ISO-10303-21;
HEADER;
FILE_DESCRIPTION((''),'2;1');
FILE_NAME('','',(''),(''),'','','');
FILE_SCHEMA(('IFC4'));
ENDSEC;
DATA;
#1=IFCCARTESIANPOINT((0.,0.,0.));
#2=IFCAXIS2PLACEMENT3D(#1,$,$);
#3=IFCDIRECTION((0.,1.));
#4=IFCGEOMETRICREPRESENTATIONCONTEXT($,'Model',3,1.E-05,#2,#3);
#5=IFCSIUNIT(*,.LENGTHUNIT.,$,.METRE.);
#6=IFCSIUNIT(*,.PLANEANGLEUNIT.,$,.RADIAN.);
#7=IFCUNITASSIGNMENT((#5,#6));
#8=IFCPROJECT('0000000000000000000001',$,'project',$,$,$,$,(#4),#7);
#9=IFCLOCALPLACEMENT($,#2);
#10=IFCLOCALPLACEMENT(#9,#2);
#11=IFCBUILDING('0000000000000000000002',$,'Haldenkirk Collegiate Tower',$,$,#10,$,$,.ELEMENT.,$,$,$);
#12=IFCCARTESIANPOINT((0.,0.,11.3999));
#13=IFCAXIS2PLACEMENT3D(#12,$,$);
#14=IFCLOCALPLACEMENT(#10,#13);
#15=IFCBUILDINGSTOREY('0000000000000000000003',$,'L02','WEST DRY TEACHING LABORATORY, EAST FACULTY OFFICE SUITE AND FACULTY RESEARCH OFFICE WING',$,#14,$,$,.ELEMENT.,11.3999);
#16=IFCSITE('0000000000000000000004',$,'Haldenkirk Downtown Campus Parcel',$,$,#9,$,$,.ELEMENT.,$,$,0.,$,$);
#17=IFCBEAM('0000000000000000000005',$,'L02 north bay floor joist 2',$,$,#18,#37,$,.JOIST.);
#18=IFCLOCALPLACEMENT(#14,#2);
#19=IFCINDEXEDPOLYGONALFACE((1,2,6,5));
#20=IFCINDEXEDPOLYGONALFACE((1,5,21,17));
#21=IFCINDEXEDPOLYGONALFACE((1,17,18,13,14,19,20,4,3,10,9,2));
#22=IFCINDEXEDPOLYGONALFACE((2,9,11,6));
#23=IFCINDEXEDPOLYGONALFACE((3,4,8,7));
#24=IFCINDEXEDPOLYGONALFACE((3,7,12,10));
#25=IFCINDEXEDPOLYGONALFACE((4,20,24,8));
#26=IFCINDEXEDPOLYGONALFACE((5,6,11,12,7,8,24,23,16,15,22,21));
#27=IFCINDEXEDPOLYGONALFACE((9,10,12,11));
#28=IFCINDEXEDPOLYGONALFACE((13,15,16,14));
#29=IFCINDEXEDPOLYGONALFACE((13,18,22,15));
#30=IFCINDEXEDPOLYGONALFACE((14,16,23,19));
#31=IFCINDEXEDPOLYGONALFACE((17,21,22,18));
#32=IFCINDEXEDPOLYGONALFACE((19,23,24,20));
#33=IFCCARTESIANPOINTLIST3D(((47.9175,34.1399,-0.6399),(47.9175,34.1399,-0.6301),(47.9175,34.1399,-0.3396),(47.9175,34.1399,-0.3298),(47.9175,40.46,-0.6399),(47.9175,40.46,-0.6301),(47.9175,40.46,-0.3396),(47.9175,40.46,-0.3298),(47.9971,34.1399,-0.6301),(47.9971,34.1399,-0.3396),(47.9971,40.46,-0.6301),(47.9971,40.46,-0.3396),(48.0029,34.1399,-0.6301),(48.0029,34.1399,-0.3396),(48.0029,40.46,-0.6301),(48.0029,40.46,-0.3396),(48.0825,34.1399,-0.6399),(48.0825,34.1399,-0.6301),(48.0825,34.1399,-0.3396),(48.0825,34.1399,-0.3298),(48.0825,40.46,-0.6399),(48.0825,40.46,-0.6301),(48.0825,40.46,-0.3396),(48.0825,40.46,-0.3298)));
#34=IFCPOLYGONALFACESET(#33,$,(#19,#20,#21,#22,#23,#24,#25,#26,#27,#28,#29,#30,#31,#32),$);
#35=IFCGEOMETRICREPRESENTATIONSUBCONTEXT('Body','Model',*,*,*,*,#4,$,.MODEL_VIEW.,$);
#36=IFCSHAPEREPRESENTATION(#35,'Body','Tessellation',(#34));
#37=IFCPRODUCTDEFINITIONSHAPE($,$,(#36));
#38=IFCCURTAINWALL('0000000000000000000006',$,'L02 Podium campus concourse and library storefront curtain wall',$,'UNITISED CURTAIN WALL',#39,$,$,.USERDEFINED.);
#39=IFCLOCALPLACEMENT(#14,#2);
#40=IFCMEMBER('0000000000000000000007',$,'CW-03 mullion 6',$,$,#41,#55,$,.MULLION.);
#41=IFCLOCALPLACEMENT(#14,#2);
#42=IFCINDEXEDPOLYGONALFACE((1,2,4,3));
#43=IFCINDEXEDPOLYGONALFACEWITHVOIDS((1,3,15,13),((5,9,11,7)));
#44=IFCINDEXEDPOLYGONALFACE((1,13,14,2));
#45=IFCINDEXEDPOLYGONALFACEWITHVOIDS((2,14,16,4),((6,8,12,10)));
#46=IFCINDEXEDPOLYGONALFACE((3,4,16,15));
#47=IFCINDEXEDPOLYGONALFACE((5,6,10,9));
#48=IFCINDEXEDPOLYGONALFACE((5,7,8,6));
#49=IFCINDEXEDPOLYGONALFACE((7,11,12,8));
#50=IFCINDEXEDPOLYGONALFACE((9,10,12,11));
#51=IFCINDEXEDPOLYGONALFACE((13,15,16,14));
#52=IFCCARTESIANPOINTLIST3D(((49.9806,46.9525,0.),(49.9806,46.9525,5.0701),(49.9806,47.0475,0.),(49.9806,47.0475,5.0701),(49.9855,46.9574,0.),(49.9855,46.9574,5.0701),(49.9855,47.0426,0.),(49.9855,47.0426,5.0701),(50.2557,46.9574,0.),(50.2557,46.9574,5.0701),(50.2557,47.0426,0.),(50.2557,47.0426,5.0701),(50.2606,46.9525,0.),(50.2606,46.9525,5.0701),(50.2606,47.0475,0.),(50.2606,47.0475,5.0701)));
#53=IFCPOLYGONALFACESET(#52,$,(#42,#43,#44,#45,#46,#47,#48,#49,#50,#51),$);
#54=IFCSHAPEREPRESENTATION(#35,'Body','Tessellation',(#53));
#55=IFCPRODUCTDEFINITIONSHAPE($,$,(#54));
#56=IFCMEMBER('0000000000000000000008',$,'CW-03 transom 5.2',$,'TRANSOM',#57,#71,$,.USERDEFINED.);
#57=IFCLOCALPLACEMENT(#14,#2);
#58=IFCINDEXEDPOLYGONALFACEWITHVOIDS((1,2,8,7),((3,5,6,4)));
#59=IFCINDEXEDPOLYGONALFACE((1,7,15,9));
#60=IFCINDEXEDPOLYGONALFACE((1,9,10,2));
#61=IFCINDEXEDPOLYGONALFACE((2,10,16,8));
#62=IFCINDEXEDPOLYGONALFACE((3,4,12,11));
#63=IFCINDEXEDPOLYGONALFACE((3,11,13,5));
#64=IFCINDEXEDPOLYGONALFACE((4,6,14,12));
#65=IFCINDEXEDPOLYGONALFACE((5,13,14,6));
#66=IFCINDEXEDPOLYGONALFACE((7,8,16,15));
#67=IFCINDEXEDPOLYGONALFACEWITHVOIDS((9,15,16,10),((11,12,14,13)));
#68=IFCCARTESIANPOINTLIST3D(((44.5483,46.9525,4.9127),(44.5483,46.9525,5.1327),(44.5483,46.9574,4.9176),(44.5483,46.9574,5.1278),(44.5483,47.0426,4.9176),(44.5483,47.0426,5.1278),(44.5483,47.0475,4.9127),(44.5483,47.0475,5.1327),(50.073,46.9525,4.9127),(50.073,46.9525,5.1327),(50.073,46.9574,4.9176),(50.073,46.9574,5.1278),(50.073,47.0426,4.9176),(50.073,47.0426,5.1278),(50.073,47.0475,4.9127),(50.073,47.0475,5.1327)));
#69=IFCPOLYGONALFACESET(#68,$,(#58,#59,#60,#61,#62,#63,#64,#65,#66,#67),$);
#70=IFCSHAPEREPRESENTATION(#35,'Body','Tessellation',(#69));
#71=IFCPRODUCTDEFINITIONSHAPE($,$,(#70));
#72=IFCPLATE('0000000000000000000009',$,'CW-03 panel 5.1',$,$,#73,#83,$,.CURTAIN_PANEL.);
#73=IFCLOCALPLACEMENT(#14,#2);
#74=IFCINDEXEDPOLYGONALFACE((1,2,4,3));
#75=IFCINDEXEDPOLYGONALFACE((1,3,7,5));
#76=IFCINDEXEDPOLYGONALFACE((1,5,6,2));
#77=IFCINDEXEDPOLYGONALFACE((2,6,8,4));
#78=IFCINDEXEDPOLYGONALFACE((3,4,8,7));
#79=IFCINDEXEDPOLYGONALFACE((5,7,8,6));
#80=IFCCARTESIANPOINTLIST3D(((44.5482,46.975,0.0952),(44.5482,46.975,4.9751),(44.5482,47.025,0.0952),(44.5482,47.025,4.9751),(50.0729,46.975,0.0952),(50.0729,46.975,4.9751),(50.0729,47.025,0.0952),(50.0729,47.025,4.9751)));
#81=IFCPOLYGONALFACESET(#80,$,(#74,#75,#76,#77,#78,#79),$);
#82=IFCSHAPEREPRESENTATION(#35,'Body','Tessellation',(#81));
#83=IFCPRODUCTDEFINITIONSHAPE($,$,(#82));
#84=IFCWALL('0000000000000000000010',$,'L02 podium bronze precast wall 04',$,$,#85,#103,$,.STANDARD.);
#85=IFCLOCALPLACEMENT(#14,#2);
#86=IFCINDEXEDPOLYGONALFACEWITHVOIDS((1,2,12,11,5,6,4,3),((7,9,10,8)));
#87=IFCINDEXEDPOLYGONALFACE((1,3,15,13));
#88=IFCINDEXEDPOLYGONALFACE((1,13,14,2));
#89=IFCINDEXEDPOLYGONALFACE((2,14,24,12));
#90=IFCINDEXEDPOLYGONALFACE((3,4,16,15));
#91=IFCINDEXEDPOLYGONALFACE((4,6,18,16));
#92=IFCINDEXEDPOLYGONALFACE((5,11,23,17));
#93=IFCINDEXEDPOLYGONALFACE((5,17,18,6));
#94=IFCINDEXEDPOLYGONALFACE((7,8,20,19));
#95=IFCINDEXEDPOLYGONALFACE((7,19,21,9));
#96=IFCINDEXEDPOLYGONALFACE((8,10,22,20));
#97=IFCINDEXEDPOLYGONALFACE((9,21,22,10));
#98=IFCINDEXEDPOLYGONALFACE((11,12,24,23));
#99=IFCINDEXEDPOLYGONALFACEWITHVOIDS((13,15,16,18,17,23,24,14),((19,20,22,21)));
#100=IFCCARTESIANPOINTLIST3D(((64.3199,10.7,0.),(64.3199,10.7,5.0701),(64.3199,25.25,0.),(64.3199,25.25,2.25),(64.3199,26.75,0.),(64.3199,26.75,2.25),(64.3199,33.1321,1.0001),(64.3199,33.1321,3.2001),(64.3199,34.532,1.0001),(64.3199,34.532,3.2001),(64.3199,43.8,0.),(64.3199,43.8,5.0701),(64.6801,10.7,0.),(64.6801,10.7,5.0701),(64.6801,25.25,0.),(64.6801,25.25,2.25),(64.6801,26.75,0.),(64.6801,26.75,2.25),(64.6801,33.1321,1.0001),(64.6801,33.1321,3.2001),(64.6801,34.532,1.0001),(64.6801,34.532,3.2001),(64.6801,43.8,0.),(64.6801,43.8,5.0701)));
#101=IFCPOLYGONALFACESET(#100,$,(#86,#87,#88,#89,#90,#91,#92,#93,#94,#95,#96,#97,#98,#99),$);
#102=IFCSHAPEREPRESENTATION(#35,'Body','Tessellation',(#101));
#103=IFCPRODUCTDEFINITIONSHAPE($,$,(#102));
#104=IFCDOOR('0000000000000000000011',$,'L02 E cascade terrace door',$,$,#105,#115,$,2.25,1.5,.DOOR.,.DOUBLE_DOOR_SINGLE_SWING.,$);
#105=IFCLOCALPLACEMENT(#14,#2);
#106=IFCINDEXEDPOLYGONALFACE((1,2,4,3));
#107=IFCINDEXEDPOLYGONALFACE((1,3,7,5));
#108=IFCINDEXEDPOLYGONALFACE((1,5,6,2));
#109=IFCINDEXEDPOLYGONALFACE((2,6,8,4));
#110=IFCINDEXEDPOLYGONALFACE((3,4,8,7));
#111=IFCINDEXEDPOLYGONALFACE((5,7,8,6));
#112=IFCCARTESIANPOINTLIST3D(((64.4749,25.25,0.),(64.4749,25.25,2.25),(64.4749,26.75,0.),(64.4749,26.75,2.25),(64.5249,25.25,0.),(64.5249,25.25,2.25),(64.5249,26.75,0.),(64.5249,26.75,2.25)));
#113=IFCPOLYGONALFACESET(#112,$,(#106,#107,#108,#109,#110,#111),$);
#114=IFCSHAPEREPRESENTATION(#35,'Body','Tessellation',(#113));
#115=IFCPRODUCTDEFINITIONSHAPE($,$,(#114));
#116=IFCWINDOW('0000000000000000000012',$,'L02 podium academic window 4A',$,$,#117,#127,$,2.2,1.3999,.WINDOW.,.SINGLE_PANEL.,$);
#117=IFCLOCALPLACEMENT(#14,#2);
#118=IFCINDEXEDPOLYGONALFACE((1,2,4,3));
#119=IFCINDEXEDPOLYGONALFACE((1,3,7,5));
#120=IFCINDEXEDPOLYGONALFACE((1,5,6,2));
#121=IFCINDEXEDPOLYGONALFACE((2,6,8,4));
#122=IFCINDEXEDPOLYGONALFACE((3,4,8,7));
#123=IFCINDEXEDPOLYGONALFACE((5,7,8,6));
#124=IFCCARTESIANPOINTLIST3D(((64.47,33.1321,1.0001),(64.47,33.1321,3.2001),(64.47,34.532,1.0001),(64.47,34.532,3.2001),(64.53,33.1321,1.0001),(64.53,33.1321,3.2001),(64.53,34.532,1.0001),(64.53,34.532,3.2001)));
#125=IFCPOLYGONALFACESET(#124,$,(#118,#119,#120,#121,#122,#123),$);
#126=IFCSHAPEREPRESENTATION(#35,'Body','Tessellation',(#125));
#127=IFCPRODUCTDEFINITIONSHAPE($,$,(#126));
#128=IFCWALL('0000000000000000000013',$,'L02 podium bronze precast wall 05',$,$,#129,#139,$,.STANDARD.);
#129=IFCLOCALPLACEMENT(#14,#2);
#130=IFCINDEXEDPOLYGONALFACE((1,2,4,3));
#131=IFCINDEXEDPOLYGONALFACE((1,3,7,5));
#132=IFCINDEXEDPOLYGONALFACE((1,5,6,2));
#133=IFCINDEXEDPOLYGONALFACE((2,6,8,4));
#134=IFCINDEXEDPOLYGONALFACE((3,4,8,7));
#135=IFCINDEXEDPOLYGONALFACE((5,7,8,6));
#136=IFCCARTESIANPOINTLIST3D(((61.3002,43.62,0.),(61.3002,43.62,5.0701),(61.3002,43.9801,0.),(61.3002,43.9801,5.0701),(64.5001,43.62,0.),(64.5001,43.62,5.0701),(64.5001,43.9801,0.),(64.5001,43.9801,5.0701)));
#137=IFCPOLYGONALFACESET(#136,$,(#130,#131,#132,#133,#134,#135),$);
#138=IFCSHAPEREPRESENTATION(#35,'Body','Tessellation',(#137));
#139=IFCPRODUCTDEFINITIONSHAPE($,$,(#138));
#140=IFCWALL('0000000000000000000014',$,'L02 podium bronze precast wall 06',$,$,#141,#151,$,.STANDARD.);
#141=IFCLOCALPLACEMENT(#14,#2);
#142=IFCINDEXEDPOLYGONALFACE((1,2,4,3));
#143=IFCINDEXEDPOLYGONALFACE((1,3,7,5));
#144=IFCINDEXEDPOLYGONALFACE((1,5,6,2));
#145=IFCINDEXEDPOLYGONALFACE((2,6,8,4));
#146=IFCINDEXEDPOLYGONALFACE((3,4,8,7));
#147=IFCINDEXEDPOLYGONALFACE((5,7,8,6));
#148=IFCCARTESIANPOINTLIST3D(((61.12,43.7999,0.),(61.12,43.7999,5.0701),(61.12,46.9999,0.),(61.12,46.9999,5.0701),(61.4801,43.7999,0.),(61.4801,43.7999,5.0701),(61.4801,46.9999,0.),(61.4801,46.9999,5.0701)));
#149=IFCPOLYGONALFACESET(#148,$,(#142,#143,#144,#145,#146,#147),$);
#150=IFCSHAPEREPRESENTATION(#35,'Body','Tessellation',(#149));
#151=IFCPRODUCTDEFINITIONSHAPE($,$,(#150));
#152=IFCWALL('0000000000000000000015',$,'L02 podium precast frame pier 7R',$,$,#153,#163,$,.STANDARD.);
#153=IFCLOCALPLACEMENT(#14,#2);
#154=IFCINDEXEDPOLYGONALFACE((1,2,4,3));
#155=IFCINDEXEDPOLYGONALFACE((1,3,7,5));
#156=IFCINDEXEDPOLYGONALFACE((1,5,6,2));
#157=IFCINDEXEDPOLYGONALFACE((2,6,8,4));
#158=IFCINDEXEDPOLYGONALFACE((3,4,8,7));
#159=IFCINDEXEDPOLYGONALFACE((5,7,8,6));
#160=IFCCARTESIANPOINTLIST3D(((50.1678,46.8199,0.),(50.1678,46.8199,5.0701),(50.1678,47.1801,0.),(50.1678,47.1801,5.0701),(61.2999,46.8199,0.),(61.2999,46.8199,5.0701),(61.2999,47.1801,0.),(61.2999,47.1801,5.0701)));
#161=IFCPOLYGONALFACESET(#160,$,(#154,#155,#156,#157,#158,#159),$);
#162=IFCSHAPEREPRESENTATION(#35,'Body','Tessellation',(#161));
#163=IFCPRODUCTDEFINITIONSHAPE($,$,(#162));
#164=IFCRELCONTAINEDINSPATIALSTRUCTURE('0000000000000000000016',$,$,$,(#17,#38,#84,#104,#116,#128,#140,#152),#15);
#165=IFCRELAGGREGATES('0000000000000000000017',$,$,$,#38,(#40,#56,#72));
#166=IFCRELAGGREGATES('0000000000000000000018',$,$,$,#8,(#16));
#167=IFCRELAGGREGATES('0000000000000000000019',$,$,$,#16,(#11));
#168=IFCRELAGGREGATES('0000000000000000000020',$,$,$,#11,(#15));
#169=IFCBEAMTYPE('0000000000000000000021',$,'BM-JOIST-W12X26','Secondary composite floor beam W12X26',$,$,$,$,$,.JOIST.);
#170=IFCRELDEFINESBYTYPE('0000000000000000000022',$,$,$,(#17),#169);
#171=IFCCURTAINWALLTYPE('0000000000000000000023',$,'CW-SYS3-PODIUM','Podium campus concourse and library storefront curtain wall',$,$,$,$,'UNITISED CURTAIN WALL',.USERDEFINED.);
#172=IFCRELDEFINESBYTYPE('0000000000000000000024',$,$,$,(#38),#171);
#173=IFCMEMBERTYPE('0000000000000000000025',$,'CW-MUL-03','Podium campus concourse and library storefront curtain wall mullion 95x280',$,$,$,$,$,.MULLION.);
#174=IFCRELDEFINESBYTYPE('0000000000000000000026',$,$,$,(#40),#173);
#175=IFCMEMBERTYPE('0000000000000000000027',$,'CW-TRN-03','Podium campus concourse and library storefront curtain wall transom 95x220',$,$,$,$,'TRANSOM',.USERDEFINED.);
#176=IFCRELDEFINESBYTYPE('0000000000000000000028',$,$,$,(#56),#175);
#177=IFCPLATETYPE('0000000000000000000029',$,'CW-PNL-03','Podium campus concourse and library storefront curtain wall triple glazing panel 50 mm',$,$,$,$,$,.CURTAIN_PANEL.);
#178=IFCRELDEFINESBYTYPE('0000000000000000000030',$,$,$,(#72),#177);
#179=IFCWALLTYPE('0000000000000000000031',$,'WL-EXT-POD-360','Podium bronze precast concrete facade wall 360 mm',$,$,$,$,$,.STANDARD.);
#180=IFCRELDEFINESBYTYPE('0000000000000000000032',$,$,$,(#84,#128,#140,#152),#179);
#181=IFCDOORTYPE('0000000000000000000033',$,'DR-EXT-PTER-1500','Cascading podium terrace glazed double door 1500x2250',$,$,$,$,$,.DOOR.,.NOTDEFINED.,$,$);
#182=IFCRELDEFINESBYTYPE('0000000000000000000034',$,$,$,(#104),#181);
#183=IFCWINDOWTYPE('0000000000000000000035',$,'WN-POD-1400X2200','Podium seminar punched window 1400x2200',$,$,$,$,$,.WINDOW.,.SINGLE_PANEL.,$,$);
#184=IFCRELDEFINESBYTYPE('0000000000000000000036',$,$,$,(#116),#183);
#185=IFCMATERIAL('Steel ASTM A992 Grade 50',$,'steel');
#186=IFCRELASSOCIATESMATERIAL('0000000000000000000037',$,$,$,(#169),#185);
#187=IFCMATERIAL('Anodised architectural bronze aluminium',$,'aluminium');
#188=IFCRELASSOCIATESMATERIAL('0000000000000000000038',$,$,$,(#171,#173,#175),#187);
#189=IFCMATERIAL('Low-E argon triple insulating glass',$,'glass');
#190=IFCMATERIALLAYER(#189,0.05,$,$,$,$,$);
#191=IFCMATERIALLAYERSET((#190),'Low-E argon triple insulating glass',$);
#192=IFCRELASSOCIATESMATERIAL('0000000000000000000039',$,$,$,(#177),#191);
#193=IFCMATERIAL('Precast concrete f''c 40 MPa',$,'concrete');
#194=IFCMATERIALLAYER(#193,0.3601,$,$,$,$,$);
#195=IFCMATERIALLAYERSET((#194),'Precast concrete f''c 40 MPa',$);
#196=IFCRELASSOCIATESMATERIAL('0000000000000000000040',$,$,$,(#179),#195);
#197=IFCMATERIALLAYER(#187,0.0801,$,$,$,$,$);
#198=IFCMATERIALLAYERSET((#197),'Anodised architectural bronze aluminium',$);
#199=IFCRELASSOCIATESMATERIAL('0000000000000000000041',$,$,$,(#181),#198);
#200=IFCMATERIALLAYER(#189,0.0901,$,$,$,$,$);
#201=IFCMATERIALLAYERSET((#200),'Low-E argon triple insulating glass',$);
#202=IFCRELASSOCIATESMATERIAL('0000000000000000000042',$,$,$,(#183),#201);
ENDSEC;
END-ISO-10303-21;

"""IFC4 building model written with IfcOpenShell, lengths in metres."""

from ifc_helpers import new_model, si_unit, direction, frame, frame_2d, origin, origin_2d, place, context, subcontext, project, spatial, rectangle, hollow_rectangle, i_section, extrude, source, transform, mapped, material, layer, layer_set, material_profile, profile_set, type_object, element, fill, aggregate, save


model = new_model("IFC4")

# Units and contexts
model_context = context("Model", 3, precision=1e-05, world=origin(), true_north=direction((0.0, 1.0)))
body_context = subcontext(model_context, "Body", "Model", "MODEL_VIEW")
ifc_project = project(units=[si_unit("LENGTHUNIT", "METRE"), si_unit("PLANEANGLEUNIT", "RADIAN")], contexts=[model_context])

# Site, building, storey
site_placement = place(None, origin())
site = spatial("IfcSite", under=ifc_project, at=site_placement, Name="Haldenkirk Downtown Campus Parcel", CompositionType="ELEMENT", RefElevation=0.0)
building_placement = place(site_placement, origin())
building = spatial("IfcBuilding", under=site, at=building_placement, Name="Haldenkirk Collegiate Tower", CompositionType="ELEMENT")
storey_placement = place(building_placement, frame((0.0, 0.0, 11.3999)))
storey = spatial("IfcBuildingStorey", under=building, at=storey_placement, Name="L02", Description="WEST DRY TEACHING LABORATORY, EAST FACULTY OFFICE SUITE AND FACULTY RESEARCH OFFICE WING", CompositionType="ELEMENT", Elevation=11.3999)

# Beam
ifc_material_1 = material(Name="Steel ASTM A992 Grade 50", Category="steel")
ifc_material_profile_1 = material_profile(ifc_material_1, i_section(OverallWidth=0.165, OverallDepth=0.3101, WebThickness=0.0059, FlangeThickness=0.0098, at=origin_2d()), Name="W12X26")
ifc_profile_set_1 = profile_set([ifc_material_profile_1], Name="Steel ASTM A992 Grade 50")
beam_type_1 = type_object("IfcBeamType", Name="BM-JOIST-W12X26", Description="Secondary composite floor beam W12X26", PredefinedType="JOIST", material=ifc_profile_set_1)
beam_1_placement = place(storey_placement, frame((48.0, 34.1399, -0.4849), z_axis=(0.0, 1.0, 0.0), x_axis=(-1.0, 0.0, 0.0)))
element("IfcBeam", 1, at=beam_1_placement, inside=storey, type_object=beam_type_1, Name="L02 north bay floor joist 2", PredefinedType="JOIST", context=body_context, shape_type="SweptSolid", body=[
    extrude(i_section(OverallWidth=0.165, OverallDepth=0.3101, WebThickness=0.0059, FlangeThickness=0.0098, at=origin_2d()), origin(), (0.0, 0.0, 1.0), 6.3201),
])

# Curtain wall, members, plate
ifc_material_2 = material(Name="Anodised architectural bronze aluminium", Category="aluminium")
curtain_wall_type = type_object("IfcCurtainWallType", Name="CW-SYS3-PODIUM", Description="Podium campus concourse and library storefront curtain wall", ElementType="UNITISED CURTAIN WALL", PredefinedType="USERDEFINED", material=ifc_material_2)
curtain_wall_placement = place(storey_placement, origin())
curtain_wall = element("IfcCurtainWall", 2, at=curtain_wall_placement, inside=storey, type_object=curtain_wall_type, Name="L02 Podium campus concourse and library storefront curtain wall", ObjectType="UNITISED CURTAIN WALL", PredefinedType="USERDEFINED")
ifc_material_profile_2 = material_profile(ifc_material_2, hollow_rectangle(XDim=0.095, YDim=0.28, WallThickness=0.0049, at=origin_2d()), Name="CW-MUL-03")
ifc_profile_set_2 = profile_set([ifc_material_profile_2], Name="Anodised architectural bronze aluminium")
member_type_1 = type_object("IfcMemberType", Name="CW-MUL-03", Description="Podium campus concourse and library storefront curtain wall mullion 95x280", PredefinedType="MULLION", material=ifc_profile_set_2)
member_1_placement = place(storey_placement, frame((50.1206, 47.0, 0.0), z_axis=(0.0, 0.0, 1.0), x_axis=(0.0, 1.0, 0.0)))
member_1 = element("IfcMember", 3, at=member_1_placement, type_object=member_type_1, Name="CW-03 mullion 6", PredefinedType="MULLION", context=body_context, shape_type="SweptSolid", body=[
    extrude(hollow_rectangle(XDim=0.095, YDim=0.28, WallThickness=0.0049, at=origin_2d()), origin(), (0.0, 0.0, 1.0), 5.0701),
])
ifc_material_profile_3 = material_profile(ifc_material_2, hollow_rectangle(XDim=0.095, YDim=0.22, WallThickness=0.0049, at=origin_2d()), Name="CW-TRN-03")
ifc_profile_set_3 = profile_set([ifc_material_profile_3], Name="Anodised architectural bronze aluminium")
member_type_2 = type_object("IfcMemberType", Name="CW-TRN-03", Description="Podium campus concourse and library storefront curtain wall transom 95x220", ElementType="TRANSOM", PredefinedType="USERDEFINED", material=ifc_profile_set_3)
member_2_placement = place(storey_placement, frame((44.5483, 47.0, 5.0227), z_axis=(1.0, 0.0, 0.0), x_axis=(0.0, 1.0, 0.0)))
member_2 = element("IfcMember", 4, at=member_2_placement, type_object=member_type_2, Name="CW-03 transom 5.2", ObjectType="TRANSOM", PredefinedType="USERDEFINED", context=body_context, shape_type="SweptSolid", body=[
    extrude(hollow_rectangle(XDim=0.095, YDim=0.22, WallThickness=0.0049, at=origin_2d()), origin(), (0.0, 0.0, 1.0), 5.5247),
])
ifc_material_3 = material(Name="Low-E argon triple insulating glass", Category="glass")
ifc_layer_1 = layer(ifc_material_3, 0.05)
ifc_layer_set_1 = layer_set([ifc_layer_1], Name="Low-E argon triple insulating glass")
plate_type = type_object("IfcPlateType", Name="CW-PNL-03", Description="Podium campus concourse and library storefront curtain wall triple glazing panel 50 mm", PredefinedType="CURTAIN_PANEL", material=ifc_layer_set_1)
shared_shape_1 = source(origin(), body_context, "Body", "SweptSolid", [
    extrude(rectangle(XDim=5.5247, YDim=0.05, at=origin_2d()), origin(), (0.0, 0.0, 1.0), 4.8799),
])
plate_placement = place(storey_placement, frame((47.3105, 47.0, 0.0952), z_axis=(0.0, 0.0, 1.0), x_axis=(1.0, 0.0, 0.0)))
plate = element("IfcPlate", 5, at=plate_placement, type_object=plate_type, Name="CW-03 panel 5.1", PredefinedType="CURTAIN_PANEL", context=body_context, shape_type="MappedRepresentation", body=[
    mapped(shared_shape_1, transform((0.0, 0.0, 0.0), x_axis=(1.0, 0.0, 0.0), y_axis=(0.0, 1.0, 0.0), z_axis=(0.0, 0.0, 1.0), scale=1.0)),
])
aggregate(curtain_wall, [member_1, member_2, plate])

# Wall, openings, door, window
ifc_material_4 = material(Name="Precast concrete f'c 40 MPa", Category="concrete")
ifc_layer_2 = layer(ifc_material_4, 0.3601)
ifc_layer_set_2 = layer_set([ifc_layer_2], Name="Precast concrete f'c 40 MPa")
wall_type_1 = type_object("IfcWallType", Name="WL-EXT-POD-360", Description="Podium bronze precast concrete facade wall 360 mm", PredefinedType="STANDARD", material=ifc_layer_set_2)
wall_1_placement = place(storey_placement, frame((64.5, 43.8, 0.0), z_axis=(0.0, 0.0, 1.0), x_axis=(0.0, -1.0, 0.0)))
wall_1 = element("IfcWall", 6, at=wall_1_placement, inside=storey, type_object=wall_type_1, Name="L02 podium bronze precast wall 04", PredefinedType="STANDARD", context=body_context, shape_type="SweptSolid", body=[
    extrude(rectangle(XDim=33.1001, YDim=0.3601, at=frame_2d((16.55, 0.0))), origin(), (0.0, 0.0, 1.0), 5.0701),
])
opening_1_placement = place(wall_1_placement, frame((17.05, 0.0, 0.0)))
opening_1 = element("IfcOpeningElement", 7, at=opening_1_placement, cuts=wall_1, PredefinedType="OPENING", context=body_context, shape_type="SweptSolid", body=[
    extrude(rectangle(XDim=1.5, YDim=2.25, at=frame_2d((0.75, 1.125))), frame((0.0, 0.1899, 0.0), z_axis=(0.0, -1.0, 0.0), x_axis=(1.0, 0.0, 0.0)), (0.0, 0.0, 1.0), 0.3801),
])
opening_2_placement = place(wall_1_placement, frame((9.2681, 0.0, 1.0)))
opening_2 = element("IfcOpeningElement", 8, at=opening_2_placement, cuts=wall_1, PredefinedType="OPENING", context=body_context, shape_type="SweptSolid", body=[
    extrude(rectangle(XDim=1.3999, YDim=2.2, at=frame_2d((0.7, 1.1001))), frame((0.0, 0.1899, 0.0), z_axis=(0.0, -1.0, 0.0), x_axis=(1.0, 0.0, 0.0)), (0.0, 0.0, 1.0), 0.3801),
])
ifc_layer_3 = layer(ifc_material_2, 0.0801)
ifc_layer_set_3 = layer_set([ifc_layer_3], Name="Anodised architectural bronze aluminium")
door_type_1 = type_object("IfcDoorType", Name="DR-EXT-PTER-1500", Description="Cascading podium terrace glazed double door 1500x2250", OperationType="NOTDEFINED", PredefinedType="DOOR", material=ifc_layer_set_3)
door_1_placement = place(opening_1_placement, origin())
door_1 = element("IfcDoor", 9, at=door_1_placement, inside=storey, type_object=door_type_1, Name="L02 E cascade terrace door", OperationType="DOUBLE_DOOR_SINGLE_SWING", OverallHeight=2.25, OverallWidth=1.5, PredefinedType="DOOR", context=body_context, shape_type="SweptSolid", body=[
    extrude(rectangle(XDim=1.5, YDim=2.25, at=frame_2d((0.75, 1.125))), frame((0.0, 0.0249, 0.0), z_axis=(0.0, -1.0, 0.0), x_axis=(1.0, 0.0, 0.0)), (0.0, 0.0, 1.0), 0.05),
])
fill(opening_1, door_1)
ifc_layer_4 = layer(ifc_material_3, 0.0901)
ifc_layer_set_4 = layer_set([ifc_layer_4], Name="Low-E argon triple insulating glass")
window_type = type_object("IfcWindowType", Name="WN-POD-1400X2200", Description="Podium seminar punched window 1400x2200", PartitioningType="SINGLE_PANEL", PredefinedType="WINDOW", material=ifc_layer_set_4)
window_placement = place(opening_2_placement, origin())
window = element("IfcWindow", 10, at=window_placement, inside=storey, type_object=window_type, Name="L02 podium academic window 4A", OverallHeight=2.2, OverallWidth=1.3999, PartitioningType="SINGLE_PANEL", PredefinedType="WINDOW", context=body_context, shape_type="SweptSolid", body=[
    extrude(rectangle(XDim=1.3999, YDim=2.2, at=frame_2d((0.7, 1.1001))), frame((0.0, 0.03, 0.0), z_axis=(0.0, -1.0, 0.0), x_axis=(1.0, 0.0, 0.0)), (0.0, 0.0, 1.0), 0.0601),
])
fill(opening_2, window)

# Walls
for number, where, z_axis, x_axis, name in (
    (11, (61.3, 43.8, 0.0), (0.0, 0.0, 1.0), (1.0, 0.0, 0.0), "L02 podium bronze precast wall 05"),
    (12, (61.3, 47.0, 0.0), (0.0, 0.0, 1.0), (0.0, -1.0, 0.0), "L02 podium bronze precast wall 06"),
):
    element("IfcWall", number, at=place(storey_placement, frame(where, z_axis=z_axis, x_axis=x_axis)), inside=storey, type_object=wall_type_1, Name=name, PredefinedType="STANDARD", context=body_context, shape_type="SweptSolid", body=[
        extrude(rectangle(XDim=3.2, YDim=0.3601, at=frame_2d((1.6001, 0.0))), origin(), (0.0, 0.0, 1.0), 5.0701),
    ])
wall_2_placement = place(storey_placement, frame((50.168, 47.0, 0.0), z_axis=(0.0, 0.0, 1.0), x_axis=(1.0, 0.0, 0.0)))
element("IfcWall", 13, at=wall_2_placement, inside=storey, type_object=wall_type_1, Name="L02 podium precast frame pier 7R", PredefinedType="STANDARD", context=body_context, shape_type="SweptSolid", body=[
    extrude(rectangle(XDim=11.1321, YDim=0.3601, at=frame_2d((5.5659, 0.0))), origin(), (0.0, 0.0, 1.0), 5.0701),
])

save(model, "model.ifc")
